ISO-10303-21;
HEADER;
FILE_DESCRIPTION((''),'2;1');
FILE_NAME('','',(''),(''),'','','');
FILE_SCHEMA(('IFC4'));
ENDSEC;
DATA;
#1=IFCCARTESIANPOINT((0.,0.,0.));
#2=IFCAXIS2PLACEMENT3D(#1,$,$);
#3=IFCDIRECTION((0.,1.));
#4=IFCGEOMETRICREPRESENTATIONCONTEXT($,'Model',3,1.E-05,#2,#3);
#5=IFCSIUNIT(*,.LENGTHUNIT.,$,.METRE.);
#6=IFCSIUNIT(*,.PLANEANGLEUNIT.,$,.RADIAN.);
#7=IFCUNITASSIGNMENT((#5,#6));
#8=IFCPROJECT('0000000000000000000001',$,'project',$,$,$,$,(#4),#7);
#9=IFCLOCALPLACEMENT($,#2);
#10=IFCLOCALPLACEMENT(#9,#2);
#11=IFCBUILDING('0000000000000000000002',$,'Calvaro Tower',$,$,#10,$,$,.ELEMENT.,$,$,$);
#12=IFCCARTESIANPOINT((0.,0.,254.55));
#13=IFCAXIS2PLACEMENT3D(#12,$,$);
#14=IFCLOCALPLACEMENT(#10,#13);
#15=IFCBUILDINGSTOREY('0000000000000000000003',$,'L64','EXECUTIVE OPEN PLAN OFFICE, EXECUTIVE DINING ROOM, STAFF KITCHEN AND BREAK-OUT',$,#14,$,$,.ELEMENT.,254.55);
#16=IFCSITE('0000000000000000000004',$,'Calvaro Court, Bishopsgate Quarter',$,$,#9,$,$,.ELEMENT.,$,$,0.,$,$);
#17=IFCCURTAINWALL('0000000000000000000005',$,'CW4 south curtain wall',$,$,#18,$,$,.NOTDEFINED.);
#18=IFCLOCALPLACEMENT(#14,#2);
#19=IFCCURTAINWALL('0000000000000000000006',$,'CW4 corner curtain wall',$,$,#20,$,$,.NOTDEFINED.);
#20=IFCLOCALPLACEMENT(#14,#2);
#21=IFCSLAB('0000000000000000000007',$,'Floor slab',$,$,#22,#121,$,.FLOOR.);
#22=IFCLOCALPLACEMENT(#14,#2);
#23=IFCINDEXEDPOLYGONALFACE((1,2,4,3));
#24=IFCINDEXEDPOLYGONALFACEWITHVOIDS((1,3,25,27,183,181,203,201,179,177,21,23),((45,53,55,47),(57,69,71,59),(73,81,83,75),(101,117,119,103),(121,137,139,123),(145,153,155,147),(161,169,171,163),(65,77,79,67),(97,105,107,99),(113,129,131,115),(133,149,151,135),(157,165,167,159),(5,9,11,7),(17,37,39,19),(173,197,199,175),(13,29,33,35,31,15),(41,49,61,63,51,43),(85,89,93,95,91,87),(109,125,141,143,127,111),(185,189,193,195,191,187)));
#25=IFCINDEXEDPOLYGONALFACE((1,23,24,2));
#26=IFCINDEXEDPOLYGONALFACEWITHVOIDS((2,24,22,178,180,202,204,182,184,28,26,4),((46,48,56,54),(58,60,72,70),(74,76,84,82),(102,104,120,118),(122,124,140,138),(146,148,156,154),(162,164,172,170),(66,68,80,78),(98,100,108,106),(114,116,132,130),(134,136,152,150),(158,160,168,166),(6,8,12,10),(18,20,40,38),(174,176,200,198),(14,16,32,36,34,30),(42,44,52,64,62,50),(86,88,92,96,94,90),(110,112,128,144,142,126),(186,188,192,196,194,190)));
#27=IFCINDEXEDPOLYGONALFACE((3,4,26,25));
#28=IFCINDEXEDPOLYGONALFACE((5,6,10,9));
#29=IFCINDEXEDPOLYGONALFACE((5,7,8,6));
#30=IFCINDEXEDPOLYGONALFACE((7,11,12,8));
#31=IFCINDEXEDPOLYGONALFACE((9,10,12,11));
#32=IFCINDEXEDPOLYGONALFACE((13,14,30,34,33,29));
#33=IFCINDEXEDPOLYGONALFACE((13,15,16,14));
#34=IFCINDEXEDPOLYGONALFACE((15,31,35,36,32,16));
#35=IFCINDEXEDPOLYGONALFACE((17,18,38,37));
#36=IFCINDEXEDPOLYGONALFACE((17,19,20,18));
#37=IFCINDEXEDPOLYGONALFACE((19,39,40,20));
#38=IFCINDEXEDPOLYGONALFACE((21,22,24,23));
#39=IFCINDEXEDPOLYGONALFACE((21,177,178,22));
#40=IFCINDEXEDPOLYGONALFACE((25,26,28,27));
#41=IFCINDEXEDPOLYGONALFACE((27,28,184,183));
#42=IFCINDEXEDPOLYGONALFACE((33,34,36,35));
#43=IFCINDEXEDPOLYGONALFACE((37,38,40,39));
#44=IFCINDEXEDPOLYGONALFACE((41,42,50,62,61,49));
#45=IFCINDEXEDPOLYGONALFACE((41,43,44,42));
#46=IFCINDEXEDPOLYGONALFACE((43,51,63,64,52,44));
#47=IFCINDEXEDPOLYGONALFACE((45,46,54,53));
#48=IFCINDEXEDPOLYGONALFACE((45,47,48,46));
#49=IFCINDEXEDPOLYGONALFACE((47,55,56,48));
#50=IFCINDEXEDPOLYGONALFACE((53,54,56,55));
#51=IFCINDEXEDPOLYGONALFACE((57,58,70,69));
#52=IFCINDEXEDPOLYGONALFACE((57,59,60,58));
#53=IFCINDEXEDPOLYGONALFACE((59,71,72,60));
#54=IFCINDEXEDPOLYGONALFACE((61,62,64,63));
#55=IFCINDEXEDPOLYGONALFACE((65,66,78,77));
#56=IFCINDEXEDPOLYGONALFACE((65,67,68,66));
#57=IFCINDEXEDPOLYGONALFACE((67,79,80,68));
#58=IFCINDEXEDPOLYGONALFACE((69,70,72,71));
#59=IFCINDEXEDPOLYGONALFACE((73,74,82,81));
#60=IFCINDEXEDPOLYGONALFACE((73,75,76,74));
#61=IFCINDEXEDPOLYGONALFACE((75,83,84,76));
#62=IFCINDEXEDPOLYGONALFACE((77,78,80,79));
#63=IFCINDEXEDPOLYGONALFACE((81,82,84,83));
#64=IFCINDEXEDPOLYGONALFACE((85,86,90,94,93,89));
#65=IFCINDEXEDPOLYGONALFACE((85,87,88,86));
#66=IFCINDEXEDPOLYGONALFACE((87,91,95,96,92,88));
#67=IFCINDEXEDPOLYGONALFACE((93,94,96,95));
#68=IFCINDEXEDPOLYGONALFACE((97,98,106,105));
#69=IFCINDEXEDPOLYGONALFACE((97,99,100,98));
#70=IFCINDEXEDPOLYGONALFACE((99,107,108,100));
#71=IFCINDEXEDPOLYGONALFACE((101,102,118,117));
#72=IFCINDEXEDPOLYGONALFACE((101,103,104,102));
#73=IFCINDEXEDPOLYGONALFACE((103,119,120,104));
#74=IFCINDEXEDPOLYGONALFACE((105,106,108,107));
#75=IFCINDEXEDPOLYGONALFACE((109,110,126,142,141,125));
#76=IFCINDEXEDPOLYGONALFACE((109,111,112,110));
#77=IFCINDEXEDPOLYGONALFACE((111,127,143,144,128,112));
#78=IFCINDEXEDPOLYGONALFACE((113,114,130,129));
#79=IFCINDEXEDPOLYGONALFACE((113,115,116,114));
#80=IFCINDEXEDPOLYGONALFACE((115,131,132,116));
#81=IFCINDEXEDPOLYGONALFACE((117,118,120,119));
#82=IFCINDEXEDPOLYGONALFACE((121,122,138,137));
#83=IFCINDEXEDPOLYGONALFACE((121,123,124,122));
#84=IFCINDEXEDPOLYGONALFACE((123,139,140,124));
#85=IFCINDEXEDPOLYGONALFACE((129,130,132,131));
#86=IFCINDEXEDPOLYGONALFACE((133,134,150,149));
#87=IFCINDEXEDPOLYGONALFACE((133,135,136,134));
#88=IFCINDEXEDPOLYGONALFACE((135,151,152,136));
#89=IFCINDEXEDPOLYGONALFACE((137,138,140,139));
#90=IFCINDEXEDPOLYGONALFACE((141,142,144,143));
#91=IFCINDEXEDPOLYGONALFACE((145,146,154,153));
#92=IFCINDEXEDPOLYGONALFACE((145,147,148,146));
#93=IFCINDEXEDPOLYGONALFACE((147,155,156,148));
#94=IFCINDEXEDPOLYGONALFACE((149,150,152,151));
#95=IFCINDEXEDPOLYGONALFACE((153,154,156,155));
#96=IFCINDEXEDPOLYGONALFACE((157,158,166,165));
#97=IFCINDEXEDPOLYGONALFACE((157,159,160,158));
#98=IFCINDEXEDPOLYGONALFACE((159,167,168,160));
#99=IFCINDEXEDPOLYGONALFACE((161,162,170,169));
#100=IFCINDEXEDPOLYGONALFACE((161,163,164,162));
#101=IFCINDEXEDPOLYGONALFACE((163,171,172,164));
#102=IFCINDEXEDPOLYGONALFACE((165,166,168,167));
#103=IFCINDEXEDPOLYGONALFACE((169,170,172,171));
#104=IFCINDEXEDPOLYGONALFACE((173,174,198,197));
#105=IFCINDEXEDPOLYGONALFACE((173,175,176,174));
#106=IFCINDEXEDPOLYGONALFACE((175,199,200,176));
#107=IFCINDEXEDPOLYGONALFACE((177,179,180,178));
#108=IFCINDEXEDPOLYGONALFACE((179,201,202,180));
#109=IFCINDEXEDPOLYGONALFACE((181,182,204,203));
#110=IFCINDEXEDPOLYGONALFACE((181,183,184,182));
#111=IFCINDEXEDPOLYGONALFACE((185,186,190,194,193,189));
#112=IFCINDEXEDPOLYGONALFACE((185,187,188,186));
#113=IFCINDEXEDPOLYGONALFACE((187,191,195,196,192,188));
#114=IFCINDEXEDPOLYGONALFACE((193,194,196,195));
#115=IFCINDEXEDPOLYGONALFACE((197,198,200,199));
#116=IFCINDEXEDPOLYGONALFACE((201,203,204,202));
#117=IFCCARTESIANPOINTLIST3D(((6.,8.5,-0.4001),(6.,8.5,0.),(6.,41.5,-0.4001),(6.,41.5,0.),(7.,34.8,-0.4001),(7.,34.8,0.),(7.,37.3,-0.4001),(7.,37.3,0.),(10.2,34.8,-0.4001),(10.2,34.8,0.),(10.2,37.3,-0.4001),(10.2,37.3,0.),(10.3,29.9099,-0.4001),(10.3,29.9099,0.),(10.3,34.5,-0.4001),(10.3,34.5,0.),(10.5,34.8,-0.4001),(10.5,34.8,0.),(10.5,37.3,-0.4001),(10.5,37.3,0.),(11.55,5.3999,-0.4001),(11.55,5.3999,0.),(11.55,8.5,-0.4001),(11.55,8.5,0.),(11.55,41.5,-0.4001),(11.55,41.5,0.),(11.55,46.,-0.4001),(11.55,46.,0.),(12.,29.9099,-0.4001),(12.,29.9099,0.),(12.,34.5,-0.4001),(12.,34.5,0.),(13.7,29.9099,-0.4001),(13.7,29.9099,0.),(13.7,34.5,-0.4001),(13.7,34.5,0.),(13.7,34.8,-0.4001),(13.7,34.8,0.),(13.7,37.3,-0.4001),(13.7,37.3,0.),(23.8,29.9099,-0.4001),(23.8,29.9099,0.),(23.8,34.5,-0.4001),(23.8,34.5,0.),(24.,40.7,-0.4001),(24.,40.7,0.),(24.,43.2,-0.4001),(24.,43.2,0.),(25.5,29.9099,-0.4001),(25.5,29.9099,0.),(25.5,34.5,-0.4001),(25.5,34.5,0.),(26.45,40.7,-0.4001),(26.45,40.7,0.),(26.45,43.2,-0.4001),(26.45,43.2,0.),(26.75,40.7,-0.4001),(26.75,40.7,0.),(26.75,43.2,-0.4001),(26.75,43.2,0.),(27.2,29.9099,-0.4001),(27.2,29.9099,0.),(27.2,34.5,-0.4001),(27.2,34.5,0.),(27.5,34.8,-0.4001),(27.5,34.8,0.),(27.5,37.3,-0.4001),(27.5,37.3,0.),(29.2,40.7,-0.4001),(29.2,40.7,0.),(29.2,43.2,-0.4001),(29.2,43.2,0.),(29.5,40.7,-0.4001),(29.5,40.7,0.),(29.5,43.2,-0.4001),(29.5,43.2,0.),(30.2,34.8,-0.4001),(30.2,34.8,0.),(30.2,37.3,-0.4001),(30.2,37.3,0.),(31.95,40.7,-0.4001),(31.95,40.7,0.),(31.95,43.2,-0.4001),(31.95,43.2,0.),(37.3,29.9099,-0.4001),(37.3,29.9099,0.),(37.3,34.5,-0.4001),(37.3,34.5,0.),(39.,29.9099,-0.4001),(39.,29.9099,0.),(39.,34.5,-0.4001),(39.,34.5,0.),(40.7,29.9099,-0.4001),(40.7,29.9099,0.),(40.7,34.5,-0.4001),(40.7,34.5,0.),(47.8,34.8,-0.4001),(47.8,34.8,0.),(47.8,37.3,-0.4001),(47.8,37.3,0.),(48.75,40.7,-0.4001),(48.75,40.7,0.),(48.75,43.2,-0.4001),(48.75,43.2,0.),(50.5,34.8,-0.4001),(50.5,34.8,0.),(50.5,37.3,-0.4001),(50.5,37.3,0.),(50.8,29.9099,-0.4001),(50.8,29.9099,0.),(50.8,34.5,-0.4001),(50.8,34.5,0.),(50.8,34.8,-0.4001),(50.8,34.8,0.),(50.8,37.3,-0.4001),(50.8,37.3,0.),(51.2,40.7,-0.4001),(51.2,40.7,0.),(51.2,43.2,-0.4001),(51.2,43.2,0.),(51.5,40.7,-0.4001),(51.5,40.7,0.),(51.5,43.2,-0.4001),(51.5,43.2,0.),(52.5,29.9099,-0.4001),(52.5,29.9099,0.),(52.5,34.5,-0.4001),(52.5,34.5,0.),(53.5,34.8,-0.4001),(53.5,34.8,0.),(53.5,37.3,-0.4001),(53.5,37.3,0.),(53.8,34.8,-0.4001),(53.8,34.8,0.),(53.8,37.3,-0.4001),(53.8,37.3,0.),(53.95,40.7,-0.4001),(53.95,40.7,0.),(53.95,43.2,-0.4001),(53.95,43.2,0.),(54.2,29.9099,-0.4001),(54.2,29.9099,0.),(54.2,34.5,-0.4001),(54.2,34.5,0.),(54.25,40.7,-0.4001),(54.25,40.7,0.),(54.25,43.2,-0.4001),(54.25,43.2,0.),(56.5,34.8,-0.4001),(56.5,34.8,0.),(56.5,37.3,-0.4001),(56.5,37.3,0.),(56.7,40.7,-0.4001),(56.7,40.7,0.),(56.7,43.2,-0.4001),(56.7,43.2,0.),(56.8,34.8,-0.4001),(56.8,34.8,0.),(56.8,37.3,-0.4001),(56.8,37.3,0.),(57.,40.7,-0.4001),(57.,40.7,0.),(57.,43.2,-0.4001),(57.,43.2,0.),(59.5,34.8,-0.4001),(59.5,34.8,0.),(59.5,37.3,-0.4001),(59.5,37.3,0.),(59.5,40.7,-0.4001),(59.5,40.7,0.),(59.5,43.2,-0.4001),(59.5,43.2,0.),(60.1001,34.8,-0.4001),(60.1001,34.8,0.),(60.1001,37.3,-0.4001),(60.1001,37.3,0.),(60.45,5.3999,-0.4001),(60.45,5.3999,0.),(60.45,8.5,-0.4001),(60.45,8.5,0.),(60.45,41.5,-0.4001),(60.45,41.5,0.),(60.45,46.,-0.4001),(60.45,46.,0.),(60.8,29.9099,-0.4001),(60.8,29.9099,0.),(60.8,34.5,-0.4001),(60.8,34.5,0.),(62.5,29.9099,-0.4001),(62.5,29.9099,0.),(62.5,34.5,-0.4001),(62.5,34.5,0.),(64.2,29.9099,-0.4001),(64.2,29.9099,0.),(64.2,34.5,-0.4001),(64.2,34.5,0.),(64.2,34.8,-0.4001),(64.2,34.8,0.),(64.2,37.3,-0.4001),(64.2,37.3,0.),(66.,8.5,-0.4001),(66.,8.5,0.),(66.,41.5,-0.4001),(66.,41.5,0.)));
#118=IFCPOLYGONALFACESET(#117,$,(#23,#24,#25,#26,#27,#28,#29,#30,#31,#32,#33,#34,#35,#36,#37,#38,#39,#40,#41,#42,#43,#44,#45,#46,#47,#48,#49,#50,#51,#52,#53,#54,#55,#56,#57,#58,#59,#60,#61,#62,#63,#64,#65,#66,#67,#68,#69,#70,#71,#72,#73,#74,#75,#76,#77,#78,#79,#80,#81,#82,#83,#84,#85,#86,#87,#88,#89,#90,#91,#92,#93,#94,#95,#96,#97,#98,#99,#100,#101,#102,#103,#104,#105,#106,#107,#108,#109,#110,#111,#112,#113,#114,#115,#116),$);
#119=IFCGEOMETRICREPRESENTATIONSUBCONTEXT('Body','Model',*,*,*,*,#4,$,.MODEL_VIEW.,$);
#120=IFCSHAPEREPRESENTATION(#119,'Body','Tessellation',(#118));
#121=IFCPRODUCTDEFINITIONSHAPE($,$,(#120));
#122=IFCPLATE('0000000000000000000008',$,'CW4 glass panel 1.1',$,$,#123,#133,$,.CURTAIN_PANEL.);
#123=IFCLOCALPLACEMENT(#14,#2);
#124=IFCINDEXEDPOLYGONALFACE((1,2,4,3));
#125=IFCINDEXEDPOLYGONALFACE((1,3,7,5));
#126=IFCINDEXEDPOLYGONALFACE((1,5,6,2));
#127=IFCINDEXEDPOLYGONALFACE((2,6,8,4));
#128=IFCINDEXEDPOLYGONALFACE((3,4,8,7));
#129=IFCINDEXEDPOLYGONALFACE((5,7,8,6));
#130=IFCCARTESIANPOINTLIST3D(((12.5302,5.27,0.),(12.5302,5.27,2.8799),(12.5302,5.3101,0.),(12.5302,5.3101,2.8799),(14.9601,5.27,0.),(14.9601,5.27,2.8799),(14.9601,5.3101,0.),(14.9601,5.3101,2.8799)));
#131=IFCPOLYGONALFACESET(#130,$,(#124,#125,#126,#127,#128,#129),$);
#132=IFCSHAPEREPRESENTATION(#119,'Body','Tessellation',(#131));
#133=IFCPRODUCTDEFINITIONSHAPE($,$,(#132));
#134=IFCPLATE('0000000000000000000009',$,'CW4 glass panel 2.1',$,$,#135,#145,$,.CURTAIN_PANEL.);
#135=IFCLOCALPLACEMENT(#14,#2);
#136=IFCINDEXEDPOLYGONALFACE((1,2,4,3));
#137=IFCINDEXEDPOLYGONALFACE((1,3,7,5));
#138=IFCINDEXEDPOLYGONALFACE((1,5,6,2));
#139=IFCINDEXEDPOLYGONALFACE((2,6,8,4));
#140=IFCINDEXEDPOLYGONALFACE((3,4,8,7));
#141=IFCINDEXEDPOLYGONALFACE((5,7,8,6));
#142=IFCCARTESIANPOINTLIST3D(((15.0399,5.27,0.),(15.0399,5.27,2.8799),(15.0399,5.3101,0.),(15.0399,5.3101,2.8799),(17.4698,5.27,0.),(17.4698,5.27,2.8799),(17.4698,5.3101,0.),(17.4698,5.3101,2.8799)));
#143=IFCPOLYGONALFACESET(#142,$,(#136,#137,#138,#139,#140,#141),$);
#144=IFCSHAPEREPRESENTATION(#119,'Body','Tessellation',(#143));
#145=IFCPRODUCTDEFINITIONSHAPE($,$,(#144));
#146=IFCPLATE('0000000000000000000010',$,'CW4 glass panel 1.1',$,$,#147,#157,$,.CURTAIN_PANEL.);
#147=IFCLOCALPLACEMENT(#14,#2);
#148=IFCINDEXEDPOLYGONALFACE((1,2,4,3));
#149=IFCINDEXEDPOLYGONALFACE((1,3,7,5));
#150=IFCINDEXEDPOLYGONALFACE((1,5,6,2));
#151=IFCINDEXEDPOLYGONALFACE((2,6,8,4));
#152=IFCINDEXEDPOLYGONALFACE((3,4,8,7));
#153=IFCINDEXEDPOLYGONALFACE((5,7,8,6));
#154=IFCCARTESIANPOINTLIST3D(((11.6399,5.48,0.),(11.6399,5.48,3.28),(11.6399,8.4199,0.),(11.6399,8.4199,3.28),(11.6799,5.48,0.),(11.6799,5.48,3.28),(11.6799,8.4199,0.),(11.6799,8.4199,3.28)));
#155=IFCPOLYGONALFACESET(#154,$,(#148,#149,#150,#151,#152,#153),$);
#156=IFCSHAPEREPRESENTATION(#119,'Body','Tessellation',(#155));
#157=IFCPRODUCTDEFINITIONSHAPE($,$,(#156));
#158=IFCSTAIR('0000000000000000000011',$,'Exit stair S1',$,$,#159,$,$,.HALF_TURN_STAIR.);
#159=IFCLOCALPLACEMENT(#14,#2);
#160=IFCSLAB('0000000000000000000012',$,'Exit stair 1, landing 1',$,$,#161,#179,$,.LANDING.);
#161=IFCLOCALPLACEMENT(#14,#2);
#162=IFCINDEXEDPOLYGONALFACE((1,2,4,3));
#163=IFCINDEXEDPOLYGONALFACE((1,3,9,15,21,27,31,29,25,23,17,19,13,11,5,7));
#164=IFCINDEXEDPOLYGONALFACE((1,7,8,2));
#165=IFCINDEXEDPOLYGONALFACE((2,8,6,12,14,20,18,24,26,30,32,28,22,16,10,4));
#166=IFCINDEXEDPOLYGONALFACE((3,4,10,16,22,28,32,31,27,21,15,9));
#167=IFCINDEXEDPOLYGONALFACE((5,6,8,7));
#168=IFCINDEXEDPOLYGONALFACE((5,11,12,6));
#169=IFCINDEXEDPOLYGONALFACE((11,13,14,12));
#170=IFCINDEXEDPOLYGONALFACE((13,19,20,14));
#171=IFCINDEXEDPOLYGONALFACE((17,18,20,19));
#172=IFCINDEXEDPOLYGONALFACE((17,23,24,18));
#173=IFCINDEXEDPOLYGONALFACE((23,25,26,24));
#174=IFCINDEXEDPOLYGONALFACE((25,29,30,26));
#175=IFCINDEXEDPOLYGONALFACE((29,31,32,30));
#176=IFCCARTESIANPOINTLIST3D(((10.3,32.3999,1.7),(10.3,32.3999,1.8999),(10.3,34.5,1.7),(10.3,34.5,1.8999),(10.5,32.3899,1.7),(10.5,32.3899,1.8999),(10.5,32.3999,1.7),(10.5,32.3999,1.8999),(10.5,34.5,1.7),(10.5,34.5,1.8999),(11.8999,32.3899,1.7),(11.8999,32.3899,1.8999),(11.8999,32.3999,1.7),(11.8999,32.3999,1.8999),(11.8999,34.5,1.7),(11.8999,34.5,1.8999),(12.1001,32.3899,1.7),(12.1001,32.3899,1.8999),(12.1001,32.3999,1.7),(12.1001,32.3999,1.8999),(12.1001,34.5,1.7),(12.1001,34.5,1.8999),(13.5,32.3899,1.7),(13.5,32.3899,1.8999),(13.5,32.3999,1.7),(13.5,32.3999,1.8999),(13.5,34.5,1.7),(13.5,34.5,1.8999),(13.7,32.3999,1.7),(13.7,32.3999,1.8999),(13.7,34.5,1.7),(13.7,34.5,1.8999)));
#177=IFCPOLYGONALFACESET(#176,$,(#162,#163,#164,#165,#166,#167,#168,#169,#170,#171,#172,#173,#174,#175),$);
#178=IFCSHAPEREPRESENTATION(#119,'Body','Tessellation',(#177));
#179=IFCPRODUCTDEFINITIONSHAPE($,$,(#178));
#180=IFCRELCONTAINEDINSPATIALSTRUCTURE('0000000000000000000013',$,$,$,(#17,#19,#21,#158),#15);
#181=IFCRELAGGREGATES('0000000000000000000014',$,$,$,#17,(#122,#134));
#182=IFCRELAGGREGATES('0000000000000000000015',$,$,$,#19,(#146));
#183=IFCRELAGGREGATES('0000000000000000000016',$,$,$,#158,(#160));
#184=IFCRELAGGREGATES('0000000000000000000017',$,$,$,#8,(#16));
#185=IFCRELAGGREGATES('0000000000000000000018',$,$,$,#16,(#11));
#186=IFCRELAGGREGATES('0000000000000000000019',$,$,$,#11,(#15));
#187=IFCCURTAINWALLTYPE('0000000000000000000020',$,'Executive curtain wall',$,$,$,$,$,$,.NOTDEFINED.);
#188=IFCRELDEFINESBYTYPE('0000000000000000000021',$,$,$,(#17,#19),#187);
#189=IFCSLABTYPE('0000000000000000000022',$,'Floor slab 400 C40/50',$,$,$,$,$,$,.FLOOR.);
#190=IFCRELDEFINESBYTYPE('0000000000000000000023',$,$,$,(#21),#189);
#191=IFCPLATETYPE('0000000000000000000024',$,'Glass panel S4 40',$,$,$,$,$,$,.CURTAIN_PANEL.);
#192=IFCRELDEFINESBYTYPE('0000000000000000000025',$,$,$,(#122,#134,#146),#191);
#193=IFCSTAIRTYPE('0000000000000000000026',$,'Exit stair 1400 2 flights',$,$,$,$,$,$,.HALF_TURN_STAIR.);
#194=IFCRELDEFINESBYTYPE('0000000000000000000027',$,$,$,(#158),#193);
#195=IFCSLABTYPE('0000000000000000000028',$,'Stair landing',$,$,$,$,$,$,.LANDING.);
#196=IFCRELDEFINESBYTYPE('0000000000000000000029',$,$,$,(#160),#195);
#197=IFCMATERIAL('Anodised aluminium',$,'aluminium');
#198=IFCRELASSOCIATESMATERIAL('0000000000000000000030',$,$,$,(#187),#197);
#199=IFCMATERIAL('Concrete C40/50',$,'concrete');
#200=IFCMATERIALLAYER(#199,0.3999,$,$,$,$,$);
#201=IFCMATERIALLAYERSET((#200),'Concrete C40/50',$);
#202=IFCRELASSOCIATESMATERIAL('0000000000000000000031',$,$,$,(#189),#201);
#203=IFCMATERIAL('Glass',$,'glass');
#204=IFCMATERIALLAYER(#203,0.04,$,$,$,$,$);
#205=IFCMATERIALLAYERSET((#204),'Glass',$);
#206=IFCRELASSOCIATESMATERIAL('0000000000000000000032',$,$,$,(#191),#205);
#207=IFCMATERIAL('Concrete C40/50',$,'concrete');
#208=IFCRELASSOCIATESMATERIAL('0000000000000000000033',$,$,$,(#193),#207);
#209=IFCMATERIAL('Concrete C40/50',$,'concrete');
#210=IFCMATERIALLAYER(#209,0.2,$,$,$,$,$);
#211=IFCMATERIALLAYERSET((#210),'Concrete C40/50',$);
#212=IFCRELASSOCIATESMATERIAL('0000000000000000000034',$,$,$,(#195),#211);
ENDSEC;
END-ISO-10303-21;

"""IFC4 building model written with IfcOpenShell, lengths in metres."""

from ifc_helpers import new_model, si_unit, direction, frame, origin, origin_2d, place, context, subcontext, project, spatial, polyline, rectangle, outline, extrude, material, layer, layer_set, type_object, element, aggregate, save


model = new_model("IFC4")

# Units and contexts
model_context = context("Model", 3, precision=1e-05, world=origin(), true_north=direction((0.0, 1.0)))
body_context = subcontext(model_context, "Body", "Model", "MODEL_VIEW")
ifc_project = project(units=[si_unit("LENGTHUNIT", "METRE"), si_unit("PLANEANGLEUNIT", "RADIAN")], contexts=[model_context])

# Site, building, storey
site_placement = place(None, origin())
site = spatial("IfcSite", under=ifc_project, at=site_placement, Name="Calvaro Court, Bishopsgate Quarter", CompositionType="ELEMENT", RefElevation=0.0)
building_placement = place(site_placement, origin())
building = spatial("IfcBuilding", under=site, at=building_placement, Name="Calvaro Tower", CompositionType="ELEMENT")
storey_placement = place(building_placement, frame((0.0, 0.0, 254.55)))
storey = spatial("IfcBuildingStorey", under=building, at=storey_placement, Name="L64", Description="EXECUTIVE OPEN PLAN OFFICE, EXECUTIVE DINING ROOM, STAFF KITCHEN AND BREAK-OUT", CompositionType="ELEMENT", Elevation=254.55)

# Curtain wall
ifc_material_1 = material(Name="Anodised aluminium", Category="aluminium")
curtain_wall_type = type_object("IfcCurtainWallType", Name="Executive curtain wall", PredefinedType="NOTDEFINED", material=ifc_material_1)
curtain_wall_1_placement = place(storey_placement, origin())
curtain_wall_1 = element("IfcCurtainWall", 1, at=curtain_wall_1_placement, inside=storey, type_object=curtain_wall_type, Name="CW4 south curtain wall", PredefinedType="NOTDEFINED")

# Curtain wall
curtain_wall_2_placement = place(storey_placement, origin())
curtain_wall_2 = element("IfcCurtainWall", 2, at=curtain_wall_2_placement, inside=storey, type_object=curtain_wall_type, Name="CW4 corner curtain wall", PredefinedType="NOTDEFINED")

# Slab
ifc_material_2 = material(Name="Concrete C40/50", Category="concrete")
ifc_layer_1 = layer(ifc_material_2, 0.3999)
ifc_layer_set_1 = layer_set([ifc_layer_1], Name="Concrete C40/50")
slab_type_1 = type_object("IfcSlabType", Name="Floor slab 400 C40/50", PredefinedType="FLOOR", material=ifc_layer_set_1)
slab_1_placement = place(storey_placement, frame((0.0, 0.0, -0.4001)))
element("IfcSlab", 3, at=slab_1_placement, inside=storey, type_object=slab_type_1, Name="Floor slab", PredefinedType="FLOOR", context=body_context, shape_type="SweptSolid", body=[
    extrude(outline(polyline([(60.45, 8.5), (60.45, 5.3999), (11.55, 5.3999), (11.55, 8.5), (6.0, 8.5), (6.0, 41.5), (11.55, 41.5), (11.55, 46.0), (60.45, 46.0), (60.45, 41.5), (66.0, 41.5), (66.0, 8.5), (60.45, 8.5)]), holes=[polyline([(10.3, 29.9099), (10.3, 34.5), (12.0, 34.5), (13.7, 34.5), (13.7, 29.9099), (12.0, 29.9099), (10.3, 29.9099)]), polyline([(23.8, 29.9099), (23.8, 34.5), (25.5, 34.5), (27.2, 34.5), (27.2, 29.9099), (25.5, 29.9099), (23.8, 29.9099)]), polyline([(37.3, 29.9099), (37.3, 34.5), (39.0, 34.5), (40.7, 34.5), (40.7, 29.9099), (39.0, 29.9099), (37.3, 29.9099)]), polyline([(50.8, 29.9099), (50.8, 34.5), (52.5, 34.5), (54.2, 34.5), (54.2, 29.9099), (52.5, 29.9099), (50.8, 29.9099)]), polyline([(60.8, 29.9099), (60.8, 34.5), (62.5, 34.5), (64.2, 34.5), (64.2, 29.9099), (62.5, 29.9099), (60.8, 29.9099)]), polyline([(50.8, 34.8), (53.5, 34.8), (53.5, 37.3), (50.8, 37.3), (50.8, 34.8)]), polyline([(53.8, 34.8), (56.5, 34.8), (56.5, 37.3), (53.8, 37.3), (53.8, 34.8)]), polyline([(56.8, 34.8), (59.5, 34.8), (59.5, 37.3), (56.8, 37.3), (56.8, 34.8)]), polyline([(24.0, 40.7), (26.45, 40.7), (26.45, 43.2), (24.0, 43.2), (24.0, 40.7)]), polyline([(26.75, 40.7), (29.2, 40.7), (29.2, 43.2), (26.75, 43.2), (26.75, 40.7)]), polyline([(29.5, 40.7), (31.95, 40.7), (31.95, 43.2), (29.5, 43.2), (29.5, 40.7)]), polyline([(48.75, 40.7), (51.2, 40.7), (51.2, 43.2), (48.75, 43.2), (48.75, 40.7)]), polyline([(51.5, 40.7), (53.95, 40.7), (53.95, 43.2), (51.5, 43.2), (51.5, 40.7)]), polyline([(54.25, 40.7), (56.7, 40.7), (56.7, 43.2), (54.25, 43.2), (54.25, 40.7)]), polyline([(57.0, 40.7), (59.5, 40.7), (59.5, 43.2), (57.0, 43.2), (57.0, 40.7)]), polyline([(7.0, 34.8), (10.2, 34.8), (10.2, 37.3), (7.0, 37.3), (7.0, 34.8)]), polyline([(10.5, 34.8), (13.7, 34.8), (13.7, 37.3), (10.5, 37.3), (10.5, 34.8)]), polyline([(60.1001, 34.8), (64.2, 34.8), (64.2, 37.3), (60.1001, 37.3), (60.1001, 34.8)]), polyline([(27.5, 34.8), (30.2, 34.8), (30.2, 37.3), (27.5, 37.3), (27.5, 34.8)]), polyline([(47.8, 34.8), (50.5, 34.8), (50.5, 37.3), (47.8, 37.3), (47.8, 34.8)])]), origin(), (0.0, 0.0, 1.0), 0.4001),
])

# Plates
ifc_material_3 = material(Name="Glass", Category="glass")
ifc_layer_2 = layer(ifc_material_3, 0.04)
ifc_layer_set_2 = layer_set([ifc_layer_2], Name="Glass")
plate_type = type_object("IfcPlateType", Name="Glass panel S4 40", PredefinedType="CURTAIN_PANEL", material=ifc_layer_set_2)
plate_1_placement = place(storey_placement, frame((13.7451, 5.29, 0.0), z_axis=(0.0, 0.0, 1.0), x_axis=(1.0, 0.0, 0.0)))
plate_1 = element("IfcPlate", 4, at=plate_1_placement, type_object=plate_type, Name="CW4 glass panel 1.1", PredefinedType="CURTAIN_PANEL", context=body_context, shape_type="SweptSolid", body=[
    extrude(rectangle(XDim=2.4299, YDim=0.04, at=origin_2d()), origin(), (0.0, 0.0, 1.0), 2.8799),
])
plate_2_placement = place(storey_placement, frame((16.2549, 5.29, 0.0), z_axis=(0.0, 0.0, 1.0), x_axis=(1.0, 0.0, 0.0)))
plate_2 = element("IfcPlate", 5, at=plate_2_placement, type_object=plate_type, Name="CW4 glass panel 2.1", PredefinedType="CURTAIN_PANEL", context=body_context, shape_type="SweptSolid", body=[
    extrude(rectangle(XDim=2.4299, YDim=0.04, at=origin_2d()), origin(), (0.0, 0.0, 1.0), 2.8799),
])
aggregate(curtain_wall_1, [plate_1, plate_2])
plate_3_placement = place(storey_placement, frame((11.6599, 6.95, 0.0), z_axis=(0.0, 0.0, 1.0), x_axis=(0.0, 1.0, 0.0)))
plate_3 = element("IfcPlate", 6, at=plate_3_placement, type_object=plate_type, Name="CW4 glass panel 1.1", PredefinedType="CURTAIN_PANEL", context=body_context, shape_type="SweptSolid", body=[
    extrude(rectangle(XDim=2.9399, YDim=0.04, at=origin_2d()), origin(), (0.0, 0.0, 1.0), 3.28),
])
aggregate(curtain_wall_2, [plate_3])

# Stair, slab
ifc_material_4 = material(Name="Concrete C40/50", Category="concrete")
stair_type = type_object("IfcStairType", Name="Exit stair 1400 2 flights", PredefinedType="HALF_TURN_STAIR", material=ifc_material_4)
stair_1_placement = place(storey_placement, origin())
stair_1 = element("IfcStair", 7, at=stair_1_placement, inside=storey, type_object=stair_type, Name="Exit stair S1", PredefinedType="HALF_TURN_STAIR")
ifc_material_5 = material(Name="Concrete C40/50", Category="concrete")
ifc_layer_3 = layer(ifc_material_5, 0.2)
ifc_layer_set_3 = layer_set([ifc_layer_3], Name="Concrete C40/50")
slab_type_2 = type_object("IfcSlabType", Name="Stair landing", PredefinedType="LANDING", material=ifc_layer_set_3)
slab_2_placement = place(storey_placement, frame((0.0, 0.0, 1.7)))
slab_2 = element("IfcSlab", 8, at=slab_2_placement, type_object=slab_type_2, Name="Exit stair 1, landing 1", PredefinedType="LANDING", context=body_context, shape_type="SweptSolid", body=[
    extrude(outline(polyline([(11.8999, 32.3899), (10.5, 32.3899), (10.5, 32.3999), (10.3, 32.3999), (10.3, 34.5), (10.5, 34.5), (11.8999, 34.5), (12.1001, 34.5), (13.5, 34.5), (13.7, 34.5), (13.7, 32.3999), (13.5, 32.3999), (13.5, 32.3899), (12.1001, 32.3899), (12.1001, 32.3999), (11.8999, 32.3999), (11.8999, 32.3899)])), origin(), (0.0, 0.0, 1.0), 0.2),
])
aggregate(stair_1, [slab_2])

save(model, "model.ifc")
